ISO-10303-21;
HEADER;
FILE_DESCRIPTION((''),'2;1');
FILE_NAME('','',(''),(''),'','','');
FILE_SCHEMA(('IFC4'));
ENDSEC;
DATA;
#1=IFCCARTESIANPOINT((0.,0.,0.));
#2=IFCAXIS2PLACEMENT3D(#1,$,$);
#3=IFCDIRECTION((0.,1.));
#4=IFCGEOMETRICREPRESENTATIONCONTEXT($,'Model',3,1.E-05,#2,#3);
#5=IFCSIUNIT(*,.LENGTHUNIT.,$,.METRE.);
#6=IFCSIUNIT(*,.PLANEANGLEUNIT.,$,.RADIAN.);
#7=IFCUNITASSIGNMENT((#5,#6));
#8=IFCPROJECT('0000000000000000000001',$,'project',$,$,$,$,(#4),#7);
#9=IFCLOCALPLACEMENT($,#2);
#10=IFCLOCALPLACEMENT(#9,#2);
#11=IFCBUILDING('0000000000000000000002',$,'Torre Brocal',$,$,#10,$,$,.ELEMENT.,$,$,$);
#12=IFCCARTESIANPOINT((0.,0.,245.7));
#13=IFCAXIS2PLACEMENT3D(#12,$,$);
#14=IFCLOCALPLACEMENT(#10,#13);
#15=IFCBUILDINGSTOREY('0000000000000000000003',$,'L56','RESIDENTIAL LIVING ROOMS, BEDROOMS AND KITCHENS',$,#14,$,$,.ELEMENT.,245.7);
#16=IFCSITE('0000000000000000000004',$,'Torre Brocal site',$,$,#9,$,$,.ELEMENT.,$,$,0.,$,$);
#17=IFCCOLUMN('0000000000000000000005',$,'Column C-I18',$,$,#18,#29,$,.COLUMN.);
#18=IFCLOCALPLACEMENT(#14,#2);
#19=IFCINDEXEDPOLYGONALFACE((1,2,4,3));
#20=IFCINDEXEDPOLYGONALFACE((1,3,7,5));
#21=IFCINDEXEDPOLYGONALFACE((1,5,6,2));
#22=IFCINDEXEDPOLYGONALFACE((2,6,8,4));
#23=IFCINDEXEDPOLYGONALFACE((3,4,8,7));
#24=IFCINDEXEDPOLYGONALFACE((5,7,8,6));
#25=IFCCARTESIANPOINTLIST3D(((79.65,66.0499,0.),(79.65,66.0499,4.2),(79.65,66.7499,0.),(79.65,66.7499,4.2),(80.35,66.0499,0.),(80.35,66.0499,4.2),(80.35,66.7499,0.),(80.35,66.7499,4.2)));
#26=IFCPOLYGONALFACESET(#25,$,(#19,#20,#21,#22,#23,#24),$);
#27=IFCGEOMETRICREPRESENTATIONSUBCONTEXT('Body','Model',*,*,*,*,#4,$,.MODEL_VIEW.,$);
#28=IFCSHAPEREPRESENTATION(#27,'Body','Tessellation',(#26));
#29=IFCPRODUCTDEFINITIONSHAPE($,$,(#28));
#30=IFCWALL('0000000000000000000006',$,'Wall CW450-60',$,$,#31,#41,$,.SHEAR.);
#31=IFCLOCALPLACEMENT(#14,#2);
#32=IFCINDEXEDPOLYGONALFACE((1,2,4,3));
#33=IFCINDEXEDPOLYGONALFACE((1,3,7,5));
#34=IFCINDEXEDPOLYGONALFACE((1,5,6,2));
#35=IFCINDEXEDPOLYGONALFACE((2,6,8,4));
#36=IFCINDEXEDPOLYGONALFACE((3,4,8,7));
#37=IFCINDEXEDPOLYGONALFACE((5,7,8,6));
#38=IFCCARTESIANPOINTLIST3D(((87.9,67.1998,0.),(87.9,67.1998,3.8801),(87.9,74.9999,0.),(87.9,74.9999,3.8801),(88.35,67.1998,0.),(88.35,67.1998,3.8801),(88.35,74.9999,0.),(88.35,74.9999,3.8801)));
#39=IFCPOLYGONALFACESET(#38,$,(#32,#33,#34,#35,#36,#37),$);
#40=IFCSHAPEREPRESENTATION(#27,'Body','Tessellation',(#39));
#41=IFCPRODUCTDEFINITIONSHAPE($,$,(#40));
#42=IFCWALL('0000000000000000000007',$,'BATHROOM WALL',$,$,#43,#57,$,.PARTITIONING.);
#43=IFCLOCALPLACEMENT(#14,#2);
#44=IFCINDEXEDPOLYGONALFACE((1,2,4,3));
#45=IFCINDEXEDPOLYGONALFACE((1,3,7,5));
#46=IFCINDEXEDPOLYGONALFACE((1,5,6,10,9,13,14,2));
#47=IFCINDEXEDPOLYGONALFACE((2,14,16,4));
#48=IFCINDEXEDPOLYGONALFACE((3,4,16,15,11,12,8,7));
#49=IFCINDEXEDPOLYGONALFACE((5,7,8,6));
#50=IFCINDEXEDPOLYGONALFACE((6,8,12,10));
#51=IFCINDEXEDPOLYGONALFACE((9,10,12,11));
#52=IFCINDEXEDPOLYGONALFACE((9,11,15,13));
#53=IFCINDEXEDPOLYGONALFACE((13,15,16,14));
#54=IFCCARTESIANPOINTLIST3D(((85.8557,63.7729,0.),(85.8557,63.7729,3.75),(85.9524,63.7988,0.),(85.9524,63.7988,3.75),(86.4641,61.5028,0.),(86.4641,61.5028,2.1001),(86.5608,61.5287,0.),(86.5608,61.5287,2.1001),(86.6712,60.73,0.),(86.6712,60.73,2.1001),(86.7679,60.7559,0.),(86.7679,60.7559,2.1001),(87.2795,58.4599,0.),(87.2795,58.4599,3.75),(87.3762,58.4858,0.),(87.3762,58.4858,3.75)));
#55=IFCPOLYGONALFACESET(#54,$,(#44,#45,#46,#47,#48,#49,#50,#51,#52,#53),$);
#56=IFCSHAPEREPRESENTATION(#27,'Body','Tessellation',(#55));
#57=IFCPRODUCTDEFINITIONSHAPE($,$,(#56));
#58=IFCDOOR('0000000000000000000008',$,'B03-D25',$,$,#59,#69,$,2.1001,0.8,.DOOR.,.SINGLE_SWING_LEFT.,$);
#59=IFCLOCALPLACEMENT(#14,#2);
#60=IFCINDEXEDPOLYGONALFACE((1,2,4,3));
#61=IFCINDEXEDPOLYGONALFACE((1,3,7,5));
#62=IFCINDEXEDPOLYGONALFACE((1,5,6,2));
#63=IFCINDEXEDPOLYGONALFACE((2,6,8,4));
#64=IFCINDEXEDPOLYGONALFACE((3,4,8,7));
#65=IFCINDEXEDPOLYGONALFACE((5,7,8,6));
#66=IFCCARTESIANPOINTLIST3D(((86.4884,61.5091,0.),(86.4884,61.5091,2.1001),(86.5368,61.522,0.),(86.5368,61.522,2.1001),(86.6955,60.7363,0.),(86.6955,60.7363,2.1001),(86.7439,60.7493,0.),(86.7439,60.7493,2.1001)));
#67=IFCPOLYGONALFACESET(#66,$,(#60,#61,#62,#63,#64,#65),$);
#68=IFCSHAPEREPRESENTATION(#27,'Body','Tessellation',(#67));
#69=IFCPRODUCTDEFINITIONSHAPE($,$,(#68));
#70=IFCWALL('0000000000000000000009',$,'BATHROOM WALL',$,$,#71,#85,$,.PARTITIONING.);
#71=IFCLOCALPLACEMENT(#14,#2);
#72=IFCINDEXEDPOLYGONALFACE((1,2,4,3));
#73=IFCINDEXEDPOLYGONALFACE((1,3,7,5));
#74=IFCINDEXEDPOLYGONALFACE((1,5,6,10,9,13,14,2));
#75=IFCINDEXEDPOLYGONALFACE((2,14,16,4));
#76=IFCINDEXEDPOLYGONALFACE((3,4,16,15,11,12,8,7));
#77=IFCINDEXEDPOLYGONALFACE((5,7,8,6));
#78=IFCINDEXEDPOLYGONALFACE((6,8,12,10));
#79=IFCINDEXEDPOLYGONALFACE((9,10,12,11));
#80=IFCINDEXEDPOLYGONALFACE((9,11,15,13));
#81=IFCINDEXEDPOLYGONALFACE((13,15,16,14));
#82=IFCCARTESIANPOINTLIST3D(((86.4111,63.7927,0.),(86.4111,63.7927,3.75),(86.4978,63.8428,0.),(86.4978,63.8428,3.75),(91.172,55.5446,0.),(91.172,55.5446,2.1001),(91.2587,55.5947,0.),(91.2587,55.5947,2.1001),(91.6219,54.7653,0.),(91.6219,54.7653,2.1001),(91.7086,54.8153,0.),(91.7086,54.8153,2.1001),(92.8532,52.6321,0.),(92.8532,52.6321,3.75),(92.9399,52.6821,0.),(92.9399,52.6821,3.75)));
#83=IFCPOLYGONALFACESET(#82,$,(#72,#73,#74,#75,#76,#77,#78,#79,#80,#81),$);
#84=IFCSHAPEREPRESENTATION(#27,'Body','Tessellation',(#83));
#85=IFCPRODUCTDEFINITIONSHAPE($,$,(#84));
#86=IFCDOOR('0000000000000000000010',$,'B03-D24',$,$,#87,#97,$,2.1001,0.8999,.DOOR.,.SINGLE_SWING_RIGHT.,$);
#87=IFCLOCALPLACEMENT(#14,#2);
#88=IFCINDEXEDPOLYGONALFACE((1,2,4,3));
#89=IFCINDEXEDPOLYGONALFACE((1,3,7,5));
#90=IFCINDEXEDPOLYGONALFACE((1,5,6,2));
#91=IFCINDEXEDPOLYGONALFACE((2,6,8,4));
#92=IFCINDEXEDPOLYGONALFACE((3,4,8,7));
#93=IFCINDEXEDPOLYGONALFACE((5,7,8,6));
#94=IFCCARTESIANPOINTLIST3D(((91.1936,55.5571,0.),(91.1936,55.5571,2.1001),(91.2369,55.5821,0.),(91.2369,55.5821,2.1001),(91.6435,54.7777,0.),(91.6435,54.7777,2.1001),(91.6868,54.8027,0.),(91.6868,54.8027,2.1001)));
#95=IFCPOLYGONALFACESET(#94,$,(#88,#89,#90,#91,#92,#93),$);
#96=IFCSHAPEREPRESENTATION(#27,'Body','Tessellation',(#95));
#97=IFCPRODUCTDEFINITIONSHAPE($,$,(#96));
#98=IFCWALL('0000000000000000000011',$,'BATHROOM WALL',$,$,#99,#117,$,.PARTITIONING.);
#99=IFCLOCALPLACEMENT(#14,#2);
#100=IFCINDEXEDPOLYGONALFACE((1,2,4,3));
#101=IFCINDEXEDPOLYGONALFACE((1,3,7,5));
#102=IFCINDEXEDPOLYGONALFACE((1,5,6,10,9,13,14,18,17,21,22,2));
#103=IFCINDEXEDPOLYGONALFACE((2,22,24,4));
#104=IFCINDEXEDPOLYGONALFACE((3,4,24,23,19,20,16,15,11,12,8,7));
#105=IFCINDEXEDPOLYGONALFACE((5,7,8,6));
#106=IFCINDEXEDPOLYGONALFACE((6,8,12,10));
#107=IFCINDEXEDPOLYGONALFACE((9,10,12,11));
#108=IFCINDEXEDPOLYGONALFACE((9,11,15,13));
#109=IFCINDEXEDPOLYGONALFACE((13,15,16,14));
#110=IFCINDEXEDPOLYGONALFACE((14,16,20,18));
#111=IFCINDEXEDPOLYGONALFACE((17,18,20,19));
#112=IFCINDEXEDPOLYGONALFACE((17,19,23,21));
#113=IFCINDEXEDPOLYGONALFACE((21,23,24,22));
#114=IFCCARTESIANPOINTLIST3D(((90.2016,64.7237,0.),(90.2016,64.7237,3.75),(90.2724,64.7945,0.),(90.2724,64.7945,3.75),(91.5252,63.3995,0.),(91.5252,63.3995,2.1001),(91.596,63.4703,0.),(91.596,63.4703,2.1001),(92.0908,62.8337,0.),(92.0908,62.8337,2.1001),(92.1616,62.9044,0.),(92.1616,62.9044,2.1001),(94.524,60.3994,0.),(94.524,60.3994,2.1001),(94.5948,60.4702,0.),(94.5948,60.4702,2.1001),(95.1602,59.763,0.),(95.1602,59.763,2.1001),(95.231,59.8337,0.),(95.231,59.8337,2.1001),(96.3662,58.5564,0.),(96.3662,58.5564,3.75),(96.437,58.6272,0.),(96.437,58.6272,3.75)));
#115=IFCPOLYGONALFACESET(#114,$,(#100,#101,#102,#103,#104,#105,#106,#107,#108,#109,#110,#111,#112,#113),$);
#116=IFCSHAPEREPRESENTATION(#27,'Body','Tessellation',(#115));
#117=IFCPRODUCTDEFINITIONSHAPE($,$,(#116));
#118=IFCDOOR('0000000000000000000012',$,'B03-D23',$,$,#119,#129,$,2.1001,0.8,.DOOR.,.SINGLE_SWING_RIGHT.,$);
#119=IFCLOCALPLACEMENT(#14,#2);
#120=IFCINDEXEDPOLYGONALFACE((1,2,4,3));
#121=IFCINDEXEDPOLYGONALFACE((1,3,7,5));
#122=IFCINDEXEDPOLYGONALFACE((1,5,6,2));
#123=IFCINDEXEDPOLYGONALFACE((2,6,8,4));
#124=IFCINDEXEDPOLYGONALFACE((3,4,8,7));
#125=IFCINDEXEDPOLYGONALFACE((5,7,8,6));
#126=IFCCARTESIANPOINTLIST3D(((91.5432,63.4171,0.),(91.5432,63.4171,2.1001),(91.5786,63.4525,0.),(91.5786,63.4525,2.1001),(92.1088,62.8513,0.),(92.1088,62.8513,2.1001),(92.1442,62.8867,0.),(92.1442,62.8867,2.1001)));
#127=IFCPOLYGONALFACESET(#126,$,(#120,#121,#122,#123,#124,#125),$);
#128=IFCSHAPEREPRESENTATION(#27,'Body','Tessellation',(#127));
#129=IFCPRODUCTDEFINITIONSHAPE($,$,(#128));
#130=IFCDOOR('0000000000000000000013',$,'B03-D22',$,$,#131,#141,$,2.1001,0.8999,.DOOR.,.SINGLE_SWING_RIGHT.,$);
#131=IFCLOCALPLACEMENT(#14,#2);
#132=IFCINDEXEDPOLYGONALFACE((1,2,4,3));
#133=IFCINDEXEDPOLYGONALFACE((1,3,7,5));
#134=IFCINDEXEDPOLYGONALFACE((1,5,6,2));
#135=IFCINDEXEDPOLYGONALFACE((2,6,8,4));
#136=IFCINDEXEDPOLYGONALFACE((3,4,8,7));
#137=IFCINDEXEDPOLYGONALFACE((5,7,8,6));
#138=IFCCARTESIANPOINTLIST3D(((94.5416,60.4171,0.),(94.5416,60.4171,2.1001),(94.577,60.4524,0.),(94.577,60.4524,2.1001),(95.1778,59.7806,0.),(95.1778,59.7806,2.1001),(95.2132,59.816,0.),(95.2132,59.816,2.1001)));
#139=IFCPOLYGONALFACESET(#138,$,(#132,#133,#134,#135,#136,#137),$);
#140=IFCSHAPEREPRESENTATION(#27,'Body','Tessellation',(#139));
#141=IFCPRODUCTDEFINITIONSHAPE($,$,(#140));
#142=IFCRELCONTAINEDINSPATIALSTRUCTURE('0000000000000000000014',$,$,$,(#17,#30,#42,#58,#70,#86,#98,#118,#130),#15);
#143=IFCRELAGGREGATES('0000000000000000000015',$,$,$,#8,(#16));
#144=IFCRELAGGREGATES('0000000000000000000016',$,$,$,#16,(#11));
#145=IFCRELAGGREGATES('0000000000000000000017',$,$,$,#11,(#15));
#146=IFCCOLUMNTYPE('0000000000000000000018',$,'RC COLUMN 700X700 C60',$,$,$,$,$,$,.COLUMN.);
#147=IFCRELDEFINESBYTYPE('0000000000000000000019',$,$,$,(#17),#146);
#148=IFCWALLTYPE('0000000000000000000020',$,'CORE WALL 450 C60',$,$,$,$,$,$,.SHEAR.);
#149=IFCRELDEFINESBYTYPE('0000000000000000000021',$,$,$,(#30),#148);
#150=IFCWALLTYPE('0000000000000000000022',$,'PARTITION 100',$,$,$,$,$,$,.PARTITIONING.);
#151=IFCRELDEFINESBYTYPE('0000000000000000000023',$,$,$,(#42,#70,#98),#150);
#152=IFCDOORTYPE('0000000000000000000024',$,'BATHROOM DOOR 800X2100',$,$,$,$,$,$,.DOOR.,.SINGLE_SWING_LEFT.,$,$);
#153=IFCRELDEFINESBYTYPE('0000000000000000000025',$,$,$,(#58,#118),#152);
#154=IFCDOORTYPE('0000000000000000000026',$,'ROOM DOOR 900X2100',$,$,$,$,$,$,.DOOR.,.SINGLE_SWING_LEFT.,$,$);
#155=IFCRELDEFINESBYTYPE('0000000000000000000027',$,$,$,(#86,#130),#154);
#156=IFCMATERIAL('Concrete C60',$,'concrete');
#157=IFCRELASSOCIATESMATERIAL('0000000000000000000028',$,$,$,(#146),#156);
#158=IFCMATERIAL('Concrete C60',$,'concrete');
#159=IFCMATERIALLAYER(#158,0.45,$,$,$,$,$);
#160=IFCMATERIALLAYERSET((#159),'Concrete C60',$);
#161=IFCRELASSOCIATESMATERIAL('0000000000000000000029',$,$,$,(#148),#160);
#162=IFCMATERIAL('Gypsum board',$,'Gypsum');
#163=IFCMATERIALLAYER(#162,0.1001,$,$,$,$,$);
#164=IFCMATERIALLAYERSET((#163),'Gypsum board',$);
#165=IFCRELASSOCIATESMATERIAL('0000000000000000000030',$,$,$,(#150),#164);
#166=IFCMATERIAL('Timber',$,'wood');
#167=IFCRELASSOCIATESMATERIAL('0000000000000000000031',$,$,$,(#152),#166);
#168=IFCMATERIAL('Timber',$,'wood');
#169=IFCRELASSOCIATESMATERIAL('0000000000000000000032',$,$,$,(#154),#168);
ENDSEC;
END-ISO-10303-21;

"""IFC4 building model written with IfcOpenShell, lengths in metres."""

from ifc_helpers import new_model, si_unit, direction, frame, frame_2d, origin, origin_2d, place, context, subcontext, project, spatial, rectangle, extrude, material, layer, layer_set, material_profile, profile_set, type_object, element, fill, save


model = new_model("IFC4")

# Units and contexts
model_context = context("Model", 3, precision=1e-05, world=origin(), true_north=direction((0.0, 1.0)))
body_context = subcontext(model_context, "Body", "Model", "MODEL_VIEW")
ifc_project = project(units=[si_unit("LENGTHUNIT", "METRE"), si_unit("PLANEANGLEUNIT", "RADIAN")], contexts=[model_context])

# Site, building, storey
site_placement = place(None, origin())
site = spatial("IfcSite", under=ifc_project, at=site_placement, Name="Torre Brocal site", CompositionType="ELEMENT", RefElevation=0.0)
building_placement = place(site_placement, origin())
building = spatial("IfcBuilding", under=site, at=building_placement, Name="Torre Brocal", CompositionType="ELEMENT")
storey_placement = place(building_placement, frame((0.0, 0.0, 245.7)))
storey = spatial("IfcBuildingStorey", under=building, at=storey_placement, Name="L56", Description="RESIDENTIAL LIVING ROOMS, BEDROOMS AND KITCHENS", CompositionType="ELEMENT", Elevation=245.7)

# Column
ifc_material_1 = material(Name="Concrete C60", Category="concrete")
ifc_material_profile = material_profile(ifc_material_1, rectangle(XDim=0.7, YDim=0.7, at=origin_2d()), Name="RC 700X700")
ifc_profile_set = profile_set([ifc_material_profile], Name="Concrete C60")
column_type = type_object("IfcColumnType", Name="RC COLUMN 700X700 C60", PredefinedType="COLUMN", material=ifc_profile_set)
column_placement = place(storey_placement, frame((80.0, 66.3999, 0.0), z_axis=(0.0, 0.0, 1.0), x_axis=(0.0, -1.0, 0.0)))
element("IfcColumn", 1, at=column_placement, inside=storey, type_object=column_type, Name="Column C-I18", PredefinedType="COLUMN", context=body_context, shape_type="SweptSolid", body=[
    extrude(rectangle(XDim=0.7, YDim=0.7, at=origin_2d()), origin(), (0.0, 0.0, 1.0), 4.2),
])

# Wall
ifc_material_2 = material(Name="Concrete C60", Category="concrete")
ifc_layer_1 = layer(ifc_material_2, 0.45)
ifc_layer_set_1 = layer_set([ifc_layer_1], Name="Concrete C60")
wall_type_1 = type_object("IfcWallType", Name="CORE WALL 450 C60", PredefinedType="SHEAR", material=ifc_layer_set_1)
wall_1_placement = place(storey_placement, frame((88.125, 67.2, 0.0), z_axis=(0.0, 0.0, 1.0), x_axis=(0.0, 1.0, 0.0)))
element("IfcWall", 2, at=wall_1_placement, inside=storey, type_object=wall_type_1, Name="Wall CW450-60", PredefinedType="SHEAR", context=body_context, shape_type="SweptSolid", body=[
    extrude(rectangle(XDim=7.8, YDim=0.45, at=frame_2d((3.8999, 0.0))), origin(), (0.0, 0.0, 1.0), 3.8801),
])

# Walls, openings, doors
ifc_material_3 = material(Name="Gypsum board", Category="Gypsum")
ifc_layer_2 = layer(ifc_material_3, 0.1001)
ifc_layer_set_2 = layer_set([ifc_layer_2], Name="Gypsum board")
wall_type_2 = type_object("IfcWallType", Name="PARTITION 100", PredefinedType="PARTITIONING", material=ifc_layer_set_2)
wall_2_placement = place(storey_placement, frame((85.9041, 63.7859, 0.0), z_axis=(0.0, 0.0, 1.0), x_axis=(0.258856, -0.965916, 0.0)))
wall_2 = element("IfcWall", 3, at=wall_2_placement, inside=storey, type_object=wall_type_2, Name="BATHROOM WALL", PredefinedType="PARTITIONING", context=body_context, shape_type="SweptSolid", body=[
    extrude(rectangle(XDim=5.5005, YDim=0.1001, at=frame_2d((2.7502, 0.0))), origin(), (0.0, 0.0, 1.0), 3.75),
])
opening_1_placement = place(wall_2_placement, frame((2.3503, 0.0, 0.0)))
opening_1 = element("IfcOpeningElement", 4, at=opening_1_placement, cuts=wall_2, PredefinedType="OPENING", context=body_context, shape_type="SweptSolid", body=[
    extrude(rectangle(XDim=0.8, YDim=2.1001, at=frame_2d((0.3999, 1.05))), frame((0.0, 0.0601, 0.0), z_axis=(0.0, -1.0, 0.0), x_axis=(1.0, 0.0, 0.0)), (0.0, 0.0, 1.0), 0.1201),
])
ifc_material_4 = material(Name="Timber", Category="wood")
door_type_1 = type_object("IfcDoorType", Name="BATHROOM DOOR 800X2100", OperationType="SINGLE_SWING_LEFT", PredefinedType="DOOR", material=ifc_material_4)
door_1_placement = place(opening_1_placement, frame((0.8, 0.0, 0.0), z_axis=(0.0, 0.0, 1.0), x_axis=(-1.0, 0.0, 0.0)))
door_1 = element("IfcDoor", 5, at=door_1_placement, inside=storey, type_object=door_type_1, Name="B03-D25", OperationType="SINGLE_SWING_LEFT", OverallHeight=2.1001, OverallWidth=0.8, PredefinedType="DOOR", context=body_context, shape_type="SweptSolid", body=[
    extrude(rectangle(XDim=0.8, YDim=2.1001, at=frame_2d((0.3999, 1.05))), frame((0.0, 0.0249, 0.0), z_axis=(0.0, -1.0, 0.0), x_axis=(1.0, 0.0, 0.0)), (0.0, 0.0, 1.0), 0.05),
])
fill(opening_1, door_1)
wall_3_placement = place(storey_placement, frame((86.4543, 63.8179, 0.0), z_axis=(0.0, 0.0, 1.0), x_axis=(0.499915, -0.866075, 0.0)))
wall_3 = element("IfcWall", 6, at=wall_3_placement, inside=storey, type_object=wall_type_2, Name="BATHROOM WALL", PredefinedType="PARTITIONING", context=body_context, shape_type="SweptSolid", body=[
    extrude(rectangle(XDim=12.8865, YDim=0.1001, at=frame_2d((6.4434, 0.0))), origin(), (0.0, 0.0, 1.0), 3.75),
])
opening_2_placement = place(wall_3_placement, frame((9.5237, 0.0, 0.0)))
opening_2 = element("IfcOpeningElement", 7, at=opening_2_placement, cuts=wall_3, PredefinedType="OPENING", context=body_context, shape_type="SweptSolid", body=[
    extrude(rectangle(XDim=0.8999, YDim=2.1001, at=frame_2d((0.45, 1.05))), frame((0.0, 0.0601, 0.0), z_axis=(0.0, -1.0, 0.0), x_axis=(1.0, 0.0, 0.0)), (0.0, 0.0, 1.0), 0.1201),
])
ifc_material_5 = material(Name="Timber", Category="wood")
door_type_2 = type_object("IfcDoorType", Name="ROOM DOOR 900X2100", OperationType="SINGLE_SWING_LEFT", PredefinedType="DOOR", material=ifc_material_5)
door_2_placement = place(opening_2_placement, origin())
door_2 = element("IfcDoor", 8, at=door_2_placement, inside=storey, type_object=door_type_2, Name="B03-D24", OperationType="SINGLE_SWING_RIGHT", OverallHeight=2.1001, OverallWidth=0.8999, PredefinedType="DOOR", context=body_context, shape_type="SweptSolid", body=[
    extrude(rectangle(XDim=0.8999, YDim=2.1001, at=frame_2d((0.45, 1.05))), frame((0.0, 0.0249, 0.0), z_axis=(0.0, -1.0, 0.0), x_axis=(1.0, 0.0, 0.0)), (0.0, 0.0, 1.0), 0.05),
])
fill(opening_2, door_2)

# Wall, openings, doors
wall_4_placement = place(storey_placement, frame((90.2371, 64.759, 0.0), z_axis=(0.0, 0.0, 1.0), x_axis=(0.706953, -0.707261, 0.0)))
wall_4 = element("IfcWall", 9, at=wall_4_placement, inside=storey, type_object=wall_type_2, Name="BATHROOM WALL", PredefinedType="PARTITIONING", context=body_context, shape_type="SweptSolid", body=[
    extrude(rectangle(XDim=8.72, YDim=0.1001, at=frame_2d((4.3599, 0.0))), origin(), (0.0, 0.0, 1.0), 3.75),
])
opening_3_placement = place(wall_4_placement, frame((6.114, 0.0, 0.0)))
opening_3 = element("IfcOpeningElement", 10, at=opening_3_placement, cuts=wall_4, PredefinedType="OPENING", context=body_context, shape_type="SweptSolid", body=[
    extrude(rectangle(XDim=0.8999, YDim=2.1001, at=frame_2d((0.45, 1.05))), frame((0.0, 0.0601, 0.0), z_axis=(0.0, -1.0, 0.0), x_axis=(1.0, 0.0, 0.0)), (0.0, 0.0, 1.0), 0.1201),
])
opening_4_placement = place(wall_4_placement, frame((1.8723, 0.0, 0.0)))
opening_4 = element("IfcOpeningElement", 11, at=opening_4_placement, cuts=wall_4, PredefinedType="OPENING", context=body_context, shape_type="SweptSolid", body=[
    extrude(rectangle(XDim=0.8, YDim=2.1001, at=frame_2d((0.3999, 1.05))), frame((0.0, 0.0601, 0.0), z_axis=(0.0, -1.0, 0.0), x_axis=(1.0, 0.0, 0.0)), (0.0, 0.0, 1.0), 0.1201),
])
door_3_placement = place(opening_4_placement, frame((0.8, 0.0, 0.0), z_axis=(0.0, 0.0, 1.0), x_axis=(-1.0, 0.0, 0.0)))
door_3 = element("IfcDoor", 12, at=door_3_placement, inside=storey, type_object=door_type_1, Name="B03-D23", OperationType="SINGLE_SWING_RIGHT", OverallHeight=2.1001, OverallWidth=0.8, PredefinedType="DOOR", context=body_context, shape_type="SweptSolid", body=[
    extrude(rectangle(XDim=0.8, YDim=2.1001, at=frame_2d((0.3999, 1.05))), frame((0.0, 0.0249, 0.0), z_axis=(0.0, -1.0, 0.0), x_axis=(1.0, 0.0, 0.0)), (0.0, 0.0, 1.0), 0.05),
])
fill(opening_4, door_3)
door_4_placement = place(opening_3_placement, origin())
door_4 = element("IfcDoor", 13, at=door_4_placement, inside=storey, type_object=door_type_2, Name="B03-D22", OperationType="SINGLE_SWING_RIGHT", OverallHeight=2.1001, OverallWidth=0.8999, PredefinedType="DOOR", context=body_context, shape_type="SweptSolid", body=[
    extrude(rectangle(XDim=0.8999, YDim=2.1001, at=frame_2d((0.45, 1.05))), frame((0.0, 0.0249, 0.0), z_axis=(0.0, -1.0, 0.0), x_axis=(1.0, 0.0, 0.0)), (0.0, 0.0, 1.0), 0.05),
])
fill(opening_3, door_4)

save(model, "model.ifc")
